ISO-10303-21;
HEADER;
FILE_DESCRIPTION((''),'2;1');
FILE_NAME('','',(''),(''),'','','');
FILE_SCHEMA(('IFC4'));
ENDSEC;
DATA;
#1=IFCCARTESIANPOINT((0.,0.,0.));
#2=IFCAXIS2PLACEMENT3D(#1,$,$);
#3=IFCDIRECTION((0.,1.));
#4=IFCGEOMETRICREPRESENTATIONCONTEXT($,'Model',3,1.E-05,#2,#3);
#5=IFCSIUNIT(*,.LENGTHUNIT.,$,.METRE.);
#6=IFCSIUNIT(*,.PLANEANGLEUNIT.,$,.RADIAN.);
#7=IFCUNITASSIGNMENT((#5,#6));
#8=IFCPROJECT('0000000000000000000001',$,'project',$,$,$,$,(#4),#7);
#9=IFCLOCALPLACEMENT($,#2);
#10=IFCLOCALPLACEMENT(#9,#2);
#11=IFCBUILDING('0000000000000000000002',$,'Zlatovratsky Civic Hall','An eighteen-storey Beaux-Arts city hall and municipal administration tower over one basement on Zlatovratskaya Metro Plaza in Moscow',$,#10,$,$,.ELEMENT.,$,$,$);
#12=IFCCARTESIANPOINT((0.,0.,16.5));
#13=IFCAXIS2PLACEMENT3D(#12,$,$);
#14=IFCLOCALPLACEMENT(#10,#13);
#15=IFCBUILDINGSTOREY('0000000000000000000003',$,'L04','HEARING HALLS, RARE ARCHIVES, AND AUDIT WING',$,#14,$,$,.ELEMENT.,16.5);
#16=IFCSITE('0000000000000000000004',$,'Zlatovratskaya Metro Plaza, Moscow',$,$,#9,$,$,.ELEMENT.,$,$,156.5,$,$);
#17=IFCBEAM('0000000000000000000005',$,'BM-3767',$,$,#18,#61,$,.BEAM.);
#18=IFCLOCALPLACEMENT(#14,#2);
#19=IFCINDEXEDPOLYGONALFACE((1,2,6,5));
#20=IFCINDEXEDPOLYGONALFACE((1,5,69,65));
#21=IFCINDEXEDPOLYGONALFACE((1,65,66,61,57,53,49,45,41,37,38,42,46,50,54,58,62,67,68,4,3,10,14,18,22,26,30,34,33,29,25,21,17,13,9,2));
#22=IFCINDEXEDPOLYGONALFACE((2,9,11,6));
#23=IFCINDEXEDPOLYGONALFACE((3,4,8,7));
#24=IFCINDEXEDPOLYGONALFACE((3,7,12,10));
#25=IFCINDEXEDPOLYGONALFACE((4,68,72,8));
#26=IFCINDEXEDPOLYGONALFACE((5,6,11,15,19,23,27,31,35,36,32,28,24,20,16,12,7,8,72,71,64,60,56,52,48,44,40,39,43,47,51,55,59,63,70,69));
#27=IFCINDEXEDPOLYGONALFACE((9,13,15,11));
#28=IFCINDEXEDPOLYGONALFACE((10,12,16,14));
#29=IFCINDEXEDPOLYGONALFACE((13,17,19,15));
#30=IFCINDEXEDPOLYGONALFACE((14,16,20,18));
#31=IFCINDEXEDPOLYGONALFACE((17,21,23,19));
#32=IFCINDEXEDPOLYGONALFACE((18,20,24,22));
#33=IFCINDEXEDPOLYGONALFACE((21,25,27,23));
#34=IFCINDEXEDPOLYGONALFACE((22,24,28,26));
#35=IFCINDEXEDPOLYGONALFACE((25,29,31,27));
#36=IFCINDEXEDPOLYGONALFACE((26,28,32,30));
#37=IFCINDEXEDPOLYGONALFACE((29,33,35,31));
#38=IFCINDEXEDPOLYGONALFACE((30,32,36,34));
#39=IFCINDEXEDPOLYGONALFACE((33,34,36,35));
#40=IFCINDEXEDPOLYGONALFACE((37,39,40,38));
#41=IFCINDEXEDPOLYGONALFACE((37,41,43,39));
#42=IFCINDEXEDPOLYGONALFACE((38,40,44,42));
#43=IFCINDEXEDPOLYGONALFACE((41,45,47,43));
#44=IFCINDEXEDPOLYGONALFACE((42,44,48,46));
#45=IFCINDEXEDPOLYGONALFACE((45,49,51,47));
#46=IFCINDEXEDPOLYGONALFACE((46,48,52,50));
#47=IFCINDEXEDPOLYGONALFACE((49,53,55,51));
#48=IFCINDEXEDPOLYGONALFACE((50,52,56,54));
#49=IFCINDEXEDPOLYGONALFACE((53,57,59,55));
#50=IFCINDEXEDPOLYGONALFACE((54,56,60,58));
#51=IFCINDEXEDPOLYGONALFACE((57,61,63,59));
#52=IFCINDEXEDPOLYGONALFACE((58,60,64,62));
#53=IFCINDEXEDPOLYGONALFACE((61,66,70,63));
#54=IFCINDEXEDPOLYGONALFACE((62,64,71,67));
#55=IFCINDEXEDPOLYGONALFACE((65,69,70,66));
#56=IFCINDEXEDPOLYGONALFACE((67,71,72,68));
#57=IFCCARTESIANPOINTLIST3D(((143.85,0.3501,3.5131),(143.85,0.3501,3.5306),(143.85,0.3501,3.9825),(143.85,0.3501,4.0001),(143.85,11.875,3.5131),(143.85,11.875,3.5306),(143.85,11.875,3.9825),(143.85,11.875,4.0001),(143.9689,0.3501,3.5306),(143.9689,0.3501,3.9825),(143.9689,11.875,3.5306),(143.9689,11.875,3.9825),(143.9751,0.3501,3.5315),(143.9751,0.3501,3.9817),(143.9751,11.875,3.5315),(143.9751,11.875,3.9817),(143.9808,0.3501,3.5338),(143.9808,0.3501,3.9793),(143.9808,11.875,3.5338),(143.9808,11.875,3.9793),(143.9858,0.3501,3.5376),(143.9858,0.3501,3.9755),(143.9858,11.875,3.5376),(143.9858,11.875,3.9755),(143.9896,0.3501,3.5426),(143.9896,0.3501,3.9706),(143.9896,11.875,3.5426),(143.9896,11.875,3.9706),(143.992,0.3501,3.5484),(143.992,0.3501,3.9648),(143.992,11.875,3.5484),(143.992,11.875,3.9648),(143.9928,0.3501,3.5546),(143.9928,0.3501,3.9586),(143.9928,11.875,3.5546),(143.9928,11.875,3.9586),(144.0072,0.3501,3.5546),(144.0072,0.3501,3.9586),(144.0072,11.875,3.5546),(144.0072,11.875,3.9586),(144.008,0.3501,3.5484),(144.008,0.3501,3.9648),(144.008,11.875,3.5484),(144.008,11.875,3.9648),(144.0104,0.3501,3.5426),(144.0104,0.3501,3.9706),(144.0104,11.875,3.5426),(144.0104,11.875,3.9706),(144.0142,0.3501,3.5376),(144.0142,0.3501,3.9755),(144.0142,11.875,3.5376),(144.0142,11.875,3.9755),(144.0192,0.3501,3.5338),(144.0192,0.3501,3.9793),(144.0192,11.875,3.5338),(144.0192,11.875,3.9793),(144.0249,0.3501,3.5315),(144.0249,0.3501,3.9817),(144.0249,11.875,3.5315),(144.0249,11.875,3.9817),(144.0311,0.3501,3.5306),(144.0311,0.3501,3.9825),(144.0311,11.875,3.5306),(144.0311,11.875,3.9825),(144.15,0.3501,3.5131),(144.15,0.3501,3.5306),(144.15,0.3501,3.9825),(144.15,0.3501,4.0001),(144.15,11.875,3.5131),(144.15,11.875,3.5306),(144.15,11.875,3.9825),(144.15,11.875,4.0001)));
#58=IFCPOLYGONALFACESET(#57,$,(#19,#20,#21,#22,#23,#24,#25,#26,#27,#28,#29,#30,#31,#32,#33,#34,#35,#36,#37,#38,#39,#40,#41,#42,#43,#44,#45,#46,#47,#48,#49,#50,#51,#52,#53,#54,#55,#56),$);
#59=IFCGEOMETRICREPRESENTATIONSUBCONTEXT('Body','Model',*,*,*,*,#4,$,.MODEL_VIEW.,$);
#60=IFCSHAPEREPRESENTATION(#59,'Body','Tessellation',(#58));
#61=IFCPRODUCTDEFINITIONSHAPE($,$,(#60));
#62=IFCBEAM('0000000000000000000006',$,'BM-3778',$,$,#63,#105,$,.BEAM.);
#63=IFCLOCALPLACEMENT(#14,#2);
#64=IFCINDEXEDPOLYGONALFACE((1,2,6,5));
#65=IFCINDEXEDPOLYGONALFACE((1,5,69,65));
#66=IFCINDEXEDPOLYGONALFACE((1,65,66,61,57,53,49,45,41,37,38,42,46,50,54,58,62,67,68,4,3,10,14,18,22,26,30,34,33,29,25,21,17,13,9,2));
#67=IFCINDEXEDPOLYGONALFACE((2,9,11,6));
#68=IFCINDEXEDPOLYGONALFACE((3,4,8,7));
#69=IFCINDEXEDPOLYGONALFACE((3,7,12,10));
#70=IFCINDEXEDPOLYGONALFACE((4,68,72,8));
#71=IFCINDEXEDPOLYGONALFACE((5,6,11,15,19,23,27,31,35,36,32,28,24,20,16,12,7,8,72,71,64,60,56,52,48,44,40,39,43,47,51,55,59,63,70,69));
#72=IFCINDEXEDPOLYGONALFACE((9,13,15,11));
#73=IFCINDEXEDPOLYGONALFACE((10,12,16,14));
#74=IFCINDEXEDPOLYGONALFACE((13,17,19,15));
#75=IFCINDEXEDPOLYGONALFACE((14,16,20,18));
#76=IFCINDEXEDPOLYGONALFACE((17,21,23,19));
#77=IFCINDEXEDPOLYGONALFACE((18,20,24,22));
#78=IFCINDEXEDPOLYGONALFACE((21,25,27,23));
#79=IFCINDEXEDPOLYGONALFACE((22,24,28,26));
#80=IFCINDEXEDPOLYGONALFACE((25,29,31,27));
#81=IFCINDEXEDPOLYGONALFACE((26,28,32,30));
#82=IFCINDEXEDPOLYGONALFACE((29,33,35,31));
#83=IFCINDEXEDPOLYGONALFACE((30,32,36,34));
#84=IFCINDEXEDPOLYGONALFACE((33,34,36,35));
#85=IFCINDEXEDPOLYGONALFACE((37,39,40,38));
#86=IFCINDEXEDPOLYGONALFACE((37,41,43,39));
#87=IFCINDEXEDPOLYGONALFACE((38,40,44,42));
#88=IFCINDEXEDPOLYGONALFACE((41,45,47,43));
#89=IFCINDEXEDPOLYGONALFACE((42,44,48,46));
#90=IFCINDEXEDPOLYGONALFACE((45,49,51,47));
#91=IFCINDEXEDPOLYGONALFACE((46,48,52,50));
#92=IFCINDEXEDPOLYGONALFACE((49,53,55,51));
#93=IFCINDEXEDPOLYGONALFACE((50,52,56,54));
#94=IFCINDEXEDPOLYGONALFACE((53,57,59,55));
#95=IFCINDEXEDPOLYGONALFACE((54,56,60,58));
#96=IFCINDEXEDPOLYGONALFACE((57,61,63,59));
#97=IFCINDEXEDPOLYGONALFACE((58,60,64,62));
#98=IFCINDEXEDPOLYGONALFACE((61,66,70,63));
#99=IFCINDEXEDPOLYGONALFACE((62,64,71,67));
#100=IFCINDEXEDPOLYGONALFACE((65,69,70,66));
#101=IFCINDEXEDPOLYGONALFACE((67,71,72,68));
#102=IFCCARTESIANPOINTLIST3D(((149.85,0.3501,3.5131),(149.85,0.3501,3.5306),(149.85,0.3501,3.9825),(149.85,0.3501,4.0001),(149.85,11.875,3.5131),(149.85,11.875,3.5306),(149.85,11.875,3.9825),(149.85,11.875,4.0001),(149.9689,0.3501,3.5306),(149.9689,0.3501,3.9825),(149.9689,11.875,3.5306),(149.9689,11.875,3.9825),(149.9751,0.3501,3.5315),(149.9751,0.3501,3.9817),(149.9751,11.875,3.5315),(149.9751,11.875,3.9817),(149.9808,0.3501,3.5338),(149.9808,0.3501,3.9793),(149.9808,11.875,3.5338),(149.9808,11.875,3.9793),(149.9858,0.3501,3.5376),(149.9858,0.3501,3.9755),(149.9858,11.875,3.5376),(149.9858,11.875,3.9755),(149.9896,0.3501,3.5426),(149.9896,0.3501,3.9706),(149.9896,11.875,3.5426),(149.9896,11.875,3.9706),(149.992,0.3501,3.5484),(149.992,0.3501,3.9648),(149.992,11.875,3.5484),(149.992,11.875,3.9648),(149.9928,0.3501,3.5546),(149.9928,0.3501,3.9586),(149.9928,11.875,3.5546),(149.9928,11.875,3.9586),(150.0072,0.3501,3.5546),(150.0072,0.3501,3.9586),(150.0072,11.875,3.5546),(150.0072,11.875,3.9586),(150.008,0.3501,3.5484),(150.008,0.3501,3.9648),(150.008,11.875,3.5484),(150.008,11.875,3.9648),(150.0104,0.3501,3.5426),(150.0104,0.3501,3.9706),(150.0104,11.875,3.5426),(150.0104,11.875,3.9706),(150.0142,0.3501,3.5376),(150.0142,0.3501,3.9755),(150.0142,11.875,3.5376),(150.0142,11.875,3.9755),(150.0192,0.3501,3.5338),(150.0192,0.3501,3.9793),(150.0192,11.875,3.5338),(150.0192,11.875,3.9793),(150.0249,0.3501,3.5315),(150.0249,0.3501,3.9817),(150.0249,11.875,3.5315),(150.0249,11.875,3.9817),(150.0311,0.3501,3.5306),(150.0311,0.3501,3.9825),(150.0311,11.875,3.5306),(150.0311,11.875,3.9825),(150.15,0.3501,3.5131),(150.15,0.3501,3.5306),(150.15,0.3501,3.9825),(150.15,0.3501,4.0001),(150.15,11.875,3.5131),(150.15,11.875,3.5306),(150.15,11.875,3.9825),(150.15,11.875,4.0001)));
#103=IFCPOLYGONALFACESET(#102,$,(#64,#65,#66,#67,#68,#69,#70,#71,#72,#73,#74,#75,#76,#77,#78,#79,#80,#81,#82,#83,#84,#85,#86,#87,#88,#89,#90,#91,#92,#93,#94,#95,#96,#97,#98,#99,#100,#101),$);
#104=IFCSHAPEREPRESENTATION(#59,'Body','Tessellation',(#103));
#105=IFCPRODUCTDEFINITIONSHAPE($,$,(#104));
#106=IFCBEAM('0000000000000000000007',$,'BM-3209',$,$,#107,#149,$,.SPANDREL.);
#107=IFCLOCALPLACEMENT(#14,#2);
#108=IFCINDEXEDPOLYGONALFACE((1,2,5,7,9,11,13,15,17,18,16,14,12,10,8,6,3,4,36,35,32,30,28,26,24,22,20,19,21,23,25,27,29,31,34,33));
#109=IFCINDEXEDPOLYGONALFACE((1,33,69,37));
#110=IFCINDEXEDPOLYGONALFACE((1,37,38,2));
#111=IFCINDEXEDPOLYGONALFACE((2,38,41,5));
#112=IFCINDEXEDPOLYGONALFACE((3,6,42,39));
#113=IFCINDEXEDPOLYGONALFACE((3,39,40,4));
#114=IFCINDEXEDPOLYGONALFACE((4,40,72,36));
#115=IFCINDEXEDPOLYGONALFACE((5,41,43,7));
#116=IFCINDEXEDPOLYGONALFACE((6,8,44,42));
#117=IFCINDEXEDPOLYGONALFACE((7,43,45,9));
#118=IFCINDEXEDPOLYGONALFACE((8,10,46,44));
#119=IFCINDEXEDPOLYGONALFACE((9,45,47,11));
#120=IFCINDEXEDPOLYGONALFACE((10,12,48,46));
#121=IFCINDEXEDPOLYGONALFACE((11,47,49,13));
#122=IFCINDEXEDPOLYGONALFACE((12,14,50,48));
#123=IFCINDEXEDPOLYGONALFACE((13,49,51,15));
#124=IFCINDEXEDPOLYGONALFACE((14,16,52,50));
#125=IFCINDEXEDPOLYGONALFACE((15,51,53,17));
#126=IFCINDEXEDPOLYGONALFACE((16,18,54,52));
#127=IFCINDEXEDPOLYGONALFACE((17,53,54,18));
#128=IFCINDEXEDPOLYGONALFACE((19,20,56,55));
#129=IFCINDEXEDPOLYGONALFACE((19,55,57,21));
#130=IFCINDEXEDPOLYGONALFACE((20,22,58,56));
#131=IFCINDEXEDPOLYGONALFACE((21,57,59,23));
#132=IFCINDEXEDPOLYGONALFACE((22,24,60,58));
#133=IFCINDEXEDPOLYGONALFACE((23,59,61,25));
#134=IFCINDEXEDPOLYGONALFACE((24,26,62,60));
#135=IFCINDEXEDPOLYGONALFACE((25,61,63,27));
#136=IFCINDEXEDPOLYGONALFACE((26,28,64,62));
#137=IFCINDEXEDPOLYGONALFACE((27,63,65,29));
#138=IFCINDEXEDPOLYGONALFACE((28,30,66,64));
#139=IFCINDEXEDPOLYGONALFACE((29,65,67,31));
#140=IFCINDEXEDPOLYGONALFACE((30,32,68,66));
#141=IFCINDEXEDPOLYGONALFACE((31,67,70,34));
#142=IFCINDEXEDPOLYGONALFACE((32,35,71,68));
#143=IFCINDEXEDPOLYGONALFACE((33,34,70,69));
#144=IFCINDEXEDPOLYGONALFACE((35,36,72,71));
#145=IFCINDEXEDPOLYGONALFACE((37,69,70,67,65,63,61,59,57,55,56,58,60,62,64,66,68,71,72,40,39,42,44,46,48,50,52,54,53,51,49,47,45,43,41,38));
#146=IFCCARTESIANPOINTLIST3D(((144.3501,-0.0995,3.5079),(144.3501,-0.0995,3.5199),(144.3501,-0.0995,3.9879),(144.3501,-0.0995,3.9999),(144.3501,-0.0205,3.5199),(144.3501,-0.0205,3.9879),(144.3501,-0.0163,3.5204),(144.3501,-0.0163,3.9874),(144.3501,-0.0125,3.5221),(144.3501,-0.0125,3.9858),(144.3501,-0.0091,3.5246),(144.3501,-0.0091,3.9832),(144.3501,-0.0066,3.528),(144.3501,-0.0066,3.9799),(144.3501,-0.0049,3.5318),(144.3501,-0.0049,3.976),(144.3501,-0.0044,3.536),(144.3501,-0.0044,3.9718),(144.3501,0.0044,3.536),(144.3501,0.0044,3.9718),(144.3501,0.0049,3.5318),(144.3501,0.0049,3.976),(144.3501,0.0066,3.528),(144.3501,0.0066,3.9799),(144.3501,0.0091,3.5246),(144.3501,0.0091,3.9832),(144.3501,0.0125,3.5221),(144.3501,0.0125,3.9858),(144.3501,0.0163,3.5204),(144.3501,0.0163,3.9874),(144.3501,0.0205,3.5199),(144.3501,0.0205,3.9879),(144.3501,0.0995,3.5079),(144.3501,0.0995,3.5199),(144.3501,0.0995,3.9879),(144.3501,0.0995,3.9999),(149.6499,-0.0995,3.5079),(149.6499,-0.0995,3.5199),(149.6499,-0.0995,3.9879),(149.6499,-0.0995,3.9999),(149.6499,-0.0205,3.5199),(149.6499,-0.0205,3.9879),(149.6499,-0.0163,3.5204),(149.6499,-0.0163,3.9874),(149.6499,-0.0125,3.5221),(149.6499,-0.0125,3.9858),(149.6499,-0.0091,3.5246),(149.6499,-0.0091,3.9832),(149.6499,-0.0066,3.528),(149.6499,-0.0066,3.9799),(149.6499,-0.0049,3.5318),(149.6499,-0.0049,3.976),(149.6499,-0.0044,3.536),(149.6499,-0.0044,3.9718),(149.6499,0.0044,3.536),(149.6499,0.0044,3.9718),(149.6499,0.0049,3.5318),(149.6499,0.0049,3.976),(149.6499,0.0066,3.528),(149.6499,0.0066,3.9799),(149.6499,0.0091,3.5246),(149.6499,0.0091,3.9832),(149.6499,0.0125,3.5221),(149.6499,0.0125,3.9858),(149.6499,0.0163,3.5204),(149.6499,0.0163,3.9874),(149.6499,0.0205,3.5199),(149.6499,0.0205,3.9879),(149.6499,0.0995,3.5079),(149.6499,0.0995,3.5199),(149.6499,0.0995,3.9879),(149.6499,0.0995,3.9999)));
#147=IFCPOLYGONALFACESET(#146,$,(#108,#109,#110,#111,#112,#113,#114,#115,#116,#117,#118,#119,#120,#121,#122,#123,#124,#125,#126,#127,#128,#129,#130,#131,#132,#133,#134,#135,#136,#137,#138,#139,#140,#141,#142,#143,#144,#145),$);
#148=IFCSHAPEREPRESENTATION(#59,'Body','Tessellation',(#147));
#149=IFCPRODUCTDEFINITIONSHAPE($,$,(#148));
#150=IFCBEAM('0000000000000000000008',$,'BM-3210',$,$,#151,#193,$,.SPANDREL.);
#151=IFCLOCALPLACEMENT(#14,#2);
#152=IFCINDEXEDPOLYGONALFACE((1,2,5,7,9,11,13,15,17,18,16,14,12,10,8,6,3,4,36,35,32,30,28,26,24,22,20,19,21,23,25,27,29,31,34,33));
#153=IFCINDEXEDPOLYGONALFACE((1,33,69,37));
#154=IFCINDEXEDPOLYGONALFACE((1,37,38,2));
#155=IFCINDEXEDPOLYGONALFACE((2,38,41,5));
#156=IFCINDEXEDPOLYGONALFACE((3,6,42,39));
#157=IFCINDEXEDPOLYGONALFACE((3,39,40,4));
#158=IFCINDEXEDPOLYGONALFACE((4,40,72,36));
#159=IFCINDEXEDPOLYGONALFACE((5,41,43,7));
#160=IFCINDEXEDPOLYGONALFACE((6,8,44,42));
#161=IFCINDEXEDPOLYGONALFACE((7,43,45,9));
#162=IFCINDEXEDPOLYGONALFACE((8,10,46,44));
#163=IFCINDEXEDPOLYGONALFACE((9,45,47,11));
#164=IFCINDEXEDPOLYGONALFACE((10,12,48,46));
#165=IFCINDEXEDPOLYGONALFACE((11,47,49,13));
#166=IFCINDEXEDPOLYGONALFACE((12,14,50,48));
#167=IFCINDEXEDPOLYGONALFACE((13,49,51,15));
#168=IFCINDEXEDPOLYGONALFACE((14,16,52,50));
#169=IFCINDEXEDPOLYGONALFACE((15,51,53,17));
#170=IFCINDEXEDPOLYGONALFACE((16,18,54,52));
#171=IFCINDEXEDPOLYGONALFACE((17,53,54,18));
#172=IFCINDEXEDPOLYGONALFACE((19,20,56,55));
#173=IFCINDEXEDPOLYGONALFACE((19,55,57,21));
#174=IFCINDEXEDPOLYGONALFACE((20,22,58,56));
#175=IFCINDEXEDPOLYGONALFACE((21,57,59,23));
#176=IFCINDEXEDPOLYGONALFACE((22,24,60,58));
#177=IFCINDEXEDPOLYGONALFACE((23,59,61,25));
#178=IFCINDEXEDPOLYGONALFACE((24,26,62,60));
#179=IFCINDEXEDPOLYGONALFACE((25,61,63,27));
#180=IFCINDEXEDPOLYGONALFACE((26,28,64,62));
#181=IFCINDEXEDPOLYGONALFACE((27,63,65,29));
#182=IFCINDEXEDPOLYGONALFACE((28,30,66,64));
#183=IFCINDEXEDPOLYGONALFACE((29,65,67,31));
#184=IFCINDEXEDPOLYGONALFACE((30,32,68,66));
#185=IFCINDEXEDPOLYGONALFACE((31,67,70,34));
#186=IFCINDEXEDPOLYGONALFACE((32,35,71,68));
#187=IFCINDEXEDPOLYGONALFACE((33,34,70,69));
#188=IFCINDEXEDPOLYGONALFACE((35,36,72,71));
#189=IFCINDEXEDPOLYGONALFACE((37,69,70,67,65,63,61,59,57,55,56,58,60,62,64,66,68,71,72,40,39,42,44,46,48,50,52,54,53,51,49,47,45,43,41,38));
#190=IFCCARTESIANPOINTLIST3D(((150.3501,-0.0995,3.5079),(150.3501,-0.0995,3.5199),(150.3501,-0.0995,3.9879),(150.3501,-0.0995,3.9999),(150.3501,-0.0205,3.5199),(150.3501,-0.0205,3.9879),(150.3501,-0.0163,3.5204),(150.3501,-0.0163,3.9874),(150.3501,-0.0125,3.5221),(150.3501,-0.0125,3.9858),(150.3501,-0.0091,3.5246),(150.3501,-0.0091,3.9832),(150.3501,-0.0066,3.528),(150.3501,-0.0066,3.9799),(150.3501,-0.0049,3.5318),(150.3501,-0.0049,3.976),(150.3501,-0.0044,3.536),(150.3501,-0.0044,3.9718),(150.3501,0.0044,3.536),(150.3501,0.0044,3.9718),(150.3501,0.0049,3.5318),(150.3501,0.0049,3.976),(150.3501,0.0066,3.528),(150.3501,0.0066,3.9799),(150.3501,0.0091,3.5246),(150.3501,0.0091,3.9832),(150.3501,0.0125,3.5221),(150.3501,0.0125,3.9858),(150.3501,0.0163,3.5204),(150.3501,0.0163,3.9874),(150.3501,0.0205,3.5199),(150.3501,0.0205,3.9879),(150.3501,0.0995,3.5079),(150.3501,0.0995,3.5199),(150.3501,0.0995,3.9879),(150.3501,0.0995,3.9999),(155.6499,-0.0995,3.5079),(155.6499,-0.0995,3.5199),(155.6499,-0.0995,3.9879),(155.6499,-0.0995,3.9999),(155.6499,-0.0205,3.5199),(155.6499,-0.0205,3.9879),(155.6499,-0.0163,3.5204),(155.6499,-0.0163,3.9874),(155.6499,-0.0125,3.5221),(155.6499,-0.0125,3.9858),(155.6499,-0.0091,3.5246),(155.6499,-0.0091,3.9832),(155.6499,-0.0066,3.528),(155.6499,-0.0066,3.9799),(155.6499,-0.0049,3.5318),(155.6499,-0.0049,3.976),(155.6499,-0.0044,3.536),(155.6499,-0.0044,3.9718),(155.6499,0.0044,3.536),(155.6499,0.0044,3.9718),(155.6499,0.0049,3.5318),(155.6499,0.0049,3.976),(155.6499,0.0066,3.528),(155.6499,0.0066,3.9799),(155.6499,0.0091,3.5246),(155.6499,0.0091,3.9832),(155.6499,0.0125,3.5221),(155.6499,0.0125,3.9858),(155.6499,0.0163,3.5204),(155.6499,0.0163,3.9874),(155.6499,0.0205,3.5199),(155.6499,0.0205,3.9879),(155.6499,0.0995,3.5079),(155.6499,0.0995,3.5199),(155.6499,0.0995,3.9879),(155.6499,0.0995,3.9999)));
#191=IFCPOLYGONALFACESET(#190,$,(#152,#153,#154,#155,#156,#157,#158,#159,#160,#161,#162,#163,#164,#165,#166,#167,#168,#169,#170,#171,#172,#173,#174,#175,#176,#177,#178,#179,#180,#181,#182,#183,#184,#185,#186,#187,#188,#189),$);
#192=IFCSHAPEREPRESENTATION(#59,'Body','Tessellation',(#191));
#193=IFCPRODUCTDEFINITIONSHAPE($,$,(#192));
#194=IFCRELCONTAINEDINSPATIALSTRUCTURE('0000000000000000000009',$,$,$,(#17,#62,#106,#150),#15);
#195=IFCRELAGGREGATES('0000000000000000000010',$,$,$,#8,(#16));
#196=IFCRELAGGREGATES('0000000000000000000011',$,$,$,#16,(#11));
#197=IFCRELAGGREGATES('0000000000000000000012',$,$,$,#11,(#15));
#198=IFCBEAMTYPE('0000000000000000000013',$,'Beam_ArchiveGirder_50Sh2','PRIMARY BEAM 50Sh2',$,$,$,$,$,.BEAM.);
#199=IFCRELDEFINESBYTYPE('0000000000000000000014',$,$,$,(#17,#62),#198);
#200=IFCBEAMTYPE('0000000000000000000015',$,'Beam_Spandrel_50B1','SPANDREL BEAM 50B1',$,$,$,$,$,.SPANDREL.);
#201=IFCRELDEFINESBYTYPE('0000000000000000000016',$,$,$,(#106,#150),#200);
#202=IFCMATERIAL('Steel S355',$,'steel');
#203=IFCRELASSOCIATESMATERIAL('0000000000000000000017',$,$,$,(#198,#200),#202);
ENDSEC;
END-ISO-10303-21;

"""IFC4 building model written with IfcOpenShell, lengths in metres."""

from ifc_helpers import new_model, si_unit, direction, frame, origin, origin_2d, place, context, subcontext, project, spatial, i_section, extrude, material, material_profile, profile_set, type_object, element, save


model = new_model("IFC4")

# Units and contexts
model_context = context("Model", 3, precision=1e-05, world=origin(), true_north=direction((0.0, 1.0)))
body_context = subcontext(model_context, "Body", "Model", "MODEL_VIEW")
ifc_project = project(units=[si_unit("LENGTHUNIT", "METRE"), si_unit("PLANEANGLEUNIT", "RADIAN")], contexts=[model_context])

# Site, building, storey
site_placement = place(None, origin())
site = spatial("IfcSite", under=ifc_project, at=site_placement, Name="Zlatovratskaya Metro Plaza, Moscow", CompositionType="ELEMENT", RefElevation=156.5)
building_placement = place(site_placement, origin())
building = spatial("IfcBuilding", under=site, at=building_placement, Name="Zlatovratsky Civic Hall", Description="An eighteen-storey Beaux-Arts city hall and municipal administration tower over one basement on Zlatovratskaya Metro Plaza in Moscow", CompositionType="ELEMENT")
storey_placement = place(building_placement, frame((0.0, 0.0, 16.5)))
storey = spatial("IfcBuildingStorey", under=building, at=storey_placement, Name="L04", Description="HEARING HALLS, RARE ARCHIVES, AND AUDIT WING", CompositionType="ELEMENT", Elevation=16.5)

# Shared definitions
ifc_material_1 = material(Name="Steel S355", Category="steel")

# Beams
ifc_material_profile_1 = material_profile(ifc_material_1, i_section(OverallWidth=0.3, OverallDepth=0.4871, WebThickness=0.0144, FlangeThickness=0.0176, FilletRadius=0.0239, at=origin_2d()), Name="50Sh2")
ifc_profile_set_1 = profile_set([ifc_material_profile_1], Name="Steel S355")
beam_type_1 = type_object("IfcBeamType", Name="Beam_ArchiveGirder_50Sh2", Description="PRIMARY BEAM 50Sh2", PredefinedType="BEAM", material=ifc_profile_set_1)
for number, where, z_axis, x_axis, name in (
    (1, (144.0, 0.3501, 3.7566), (0.0, 1.0, 0.0), (-1.0, 0.0, 0.0), "BM-3767"),
    (2, (150.0, 0.3501, 3.7566), (0.0, 1.0, 0.0), (-1.0, 0.0, 0.0), "BM-3778"),
):
    element("IfcBeam", number, at=place(storey_placement, frame(where, z_axis=z_axis, x_axis=x_axis)), inside=storey, type_object=beam_type_1, Name=name, PredefinedType="BEAM", context=body_context, shape_type="SweptSolid", body=[
        extrude(i_section(OverallWidth=0.3, OverallDepth=0.4871, WebThickness=0.0144, FlangeThickness=0.0176, FilletRadius=0.0239, at=origin_2d()), origin(), (0.0, 0.0, 1.0), 11.5249),
    ])
ifc_material_profile_2 = material_profile(ifc_material_1, i_section(OverallWidth=0.199, OverallDepth=0.4919, WebThickness=0.0088, FlangeThickness=0.012, FilletRadius=0.0161, at=origin_2d()), Name="50B1")
ifc_profile_set_2 = profile_set([ifc_material_profile_2], Name="Steel S355")
beam_type_2 = type_object("IfcBeamType", Name="Beam_Spandrel_50B1", Description="SPANDREL BEAM 50B1", PredefinedType="SPANDREL", material=ifc_profile_set_2)
for number, where, z_axis, x_axis, name in (
    (3, (144.3501, 0.0, 3.7539), (1.0, 0.0, 0.0), (0.0, 1.0, 0.0), "BM-3209"),
    (4, (150.3501, 0.0, 3.7539), (1.0, 0.0, 0.0), (0.0, 1.0, 0.0), "BM-3210"),
):
    element("IfcBeam", number, at=place(storey_placement, frame(where, z_axis=z_axis, x_axis=x_axis)), inside=storey, type_object=beam_type_2, Name=name, PredefinedType="SPANDREL", context=body_context, shape_type="SweptSolid", body=[
        extrude(i_section(OverallWidth=0.199, OverallDepth=0.4919, WebThickness=0.0088, FlangeThickness=0.012, FilletRadius=0.0161, at=origin_2d()), origin(), (0.0, 0.0, 1.0), 5.2998),
    ])

save(model, "model.ifc")
